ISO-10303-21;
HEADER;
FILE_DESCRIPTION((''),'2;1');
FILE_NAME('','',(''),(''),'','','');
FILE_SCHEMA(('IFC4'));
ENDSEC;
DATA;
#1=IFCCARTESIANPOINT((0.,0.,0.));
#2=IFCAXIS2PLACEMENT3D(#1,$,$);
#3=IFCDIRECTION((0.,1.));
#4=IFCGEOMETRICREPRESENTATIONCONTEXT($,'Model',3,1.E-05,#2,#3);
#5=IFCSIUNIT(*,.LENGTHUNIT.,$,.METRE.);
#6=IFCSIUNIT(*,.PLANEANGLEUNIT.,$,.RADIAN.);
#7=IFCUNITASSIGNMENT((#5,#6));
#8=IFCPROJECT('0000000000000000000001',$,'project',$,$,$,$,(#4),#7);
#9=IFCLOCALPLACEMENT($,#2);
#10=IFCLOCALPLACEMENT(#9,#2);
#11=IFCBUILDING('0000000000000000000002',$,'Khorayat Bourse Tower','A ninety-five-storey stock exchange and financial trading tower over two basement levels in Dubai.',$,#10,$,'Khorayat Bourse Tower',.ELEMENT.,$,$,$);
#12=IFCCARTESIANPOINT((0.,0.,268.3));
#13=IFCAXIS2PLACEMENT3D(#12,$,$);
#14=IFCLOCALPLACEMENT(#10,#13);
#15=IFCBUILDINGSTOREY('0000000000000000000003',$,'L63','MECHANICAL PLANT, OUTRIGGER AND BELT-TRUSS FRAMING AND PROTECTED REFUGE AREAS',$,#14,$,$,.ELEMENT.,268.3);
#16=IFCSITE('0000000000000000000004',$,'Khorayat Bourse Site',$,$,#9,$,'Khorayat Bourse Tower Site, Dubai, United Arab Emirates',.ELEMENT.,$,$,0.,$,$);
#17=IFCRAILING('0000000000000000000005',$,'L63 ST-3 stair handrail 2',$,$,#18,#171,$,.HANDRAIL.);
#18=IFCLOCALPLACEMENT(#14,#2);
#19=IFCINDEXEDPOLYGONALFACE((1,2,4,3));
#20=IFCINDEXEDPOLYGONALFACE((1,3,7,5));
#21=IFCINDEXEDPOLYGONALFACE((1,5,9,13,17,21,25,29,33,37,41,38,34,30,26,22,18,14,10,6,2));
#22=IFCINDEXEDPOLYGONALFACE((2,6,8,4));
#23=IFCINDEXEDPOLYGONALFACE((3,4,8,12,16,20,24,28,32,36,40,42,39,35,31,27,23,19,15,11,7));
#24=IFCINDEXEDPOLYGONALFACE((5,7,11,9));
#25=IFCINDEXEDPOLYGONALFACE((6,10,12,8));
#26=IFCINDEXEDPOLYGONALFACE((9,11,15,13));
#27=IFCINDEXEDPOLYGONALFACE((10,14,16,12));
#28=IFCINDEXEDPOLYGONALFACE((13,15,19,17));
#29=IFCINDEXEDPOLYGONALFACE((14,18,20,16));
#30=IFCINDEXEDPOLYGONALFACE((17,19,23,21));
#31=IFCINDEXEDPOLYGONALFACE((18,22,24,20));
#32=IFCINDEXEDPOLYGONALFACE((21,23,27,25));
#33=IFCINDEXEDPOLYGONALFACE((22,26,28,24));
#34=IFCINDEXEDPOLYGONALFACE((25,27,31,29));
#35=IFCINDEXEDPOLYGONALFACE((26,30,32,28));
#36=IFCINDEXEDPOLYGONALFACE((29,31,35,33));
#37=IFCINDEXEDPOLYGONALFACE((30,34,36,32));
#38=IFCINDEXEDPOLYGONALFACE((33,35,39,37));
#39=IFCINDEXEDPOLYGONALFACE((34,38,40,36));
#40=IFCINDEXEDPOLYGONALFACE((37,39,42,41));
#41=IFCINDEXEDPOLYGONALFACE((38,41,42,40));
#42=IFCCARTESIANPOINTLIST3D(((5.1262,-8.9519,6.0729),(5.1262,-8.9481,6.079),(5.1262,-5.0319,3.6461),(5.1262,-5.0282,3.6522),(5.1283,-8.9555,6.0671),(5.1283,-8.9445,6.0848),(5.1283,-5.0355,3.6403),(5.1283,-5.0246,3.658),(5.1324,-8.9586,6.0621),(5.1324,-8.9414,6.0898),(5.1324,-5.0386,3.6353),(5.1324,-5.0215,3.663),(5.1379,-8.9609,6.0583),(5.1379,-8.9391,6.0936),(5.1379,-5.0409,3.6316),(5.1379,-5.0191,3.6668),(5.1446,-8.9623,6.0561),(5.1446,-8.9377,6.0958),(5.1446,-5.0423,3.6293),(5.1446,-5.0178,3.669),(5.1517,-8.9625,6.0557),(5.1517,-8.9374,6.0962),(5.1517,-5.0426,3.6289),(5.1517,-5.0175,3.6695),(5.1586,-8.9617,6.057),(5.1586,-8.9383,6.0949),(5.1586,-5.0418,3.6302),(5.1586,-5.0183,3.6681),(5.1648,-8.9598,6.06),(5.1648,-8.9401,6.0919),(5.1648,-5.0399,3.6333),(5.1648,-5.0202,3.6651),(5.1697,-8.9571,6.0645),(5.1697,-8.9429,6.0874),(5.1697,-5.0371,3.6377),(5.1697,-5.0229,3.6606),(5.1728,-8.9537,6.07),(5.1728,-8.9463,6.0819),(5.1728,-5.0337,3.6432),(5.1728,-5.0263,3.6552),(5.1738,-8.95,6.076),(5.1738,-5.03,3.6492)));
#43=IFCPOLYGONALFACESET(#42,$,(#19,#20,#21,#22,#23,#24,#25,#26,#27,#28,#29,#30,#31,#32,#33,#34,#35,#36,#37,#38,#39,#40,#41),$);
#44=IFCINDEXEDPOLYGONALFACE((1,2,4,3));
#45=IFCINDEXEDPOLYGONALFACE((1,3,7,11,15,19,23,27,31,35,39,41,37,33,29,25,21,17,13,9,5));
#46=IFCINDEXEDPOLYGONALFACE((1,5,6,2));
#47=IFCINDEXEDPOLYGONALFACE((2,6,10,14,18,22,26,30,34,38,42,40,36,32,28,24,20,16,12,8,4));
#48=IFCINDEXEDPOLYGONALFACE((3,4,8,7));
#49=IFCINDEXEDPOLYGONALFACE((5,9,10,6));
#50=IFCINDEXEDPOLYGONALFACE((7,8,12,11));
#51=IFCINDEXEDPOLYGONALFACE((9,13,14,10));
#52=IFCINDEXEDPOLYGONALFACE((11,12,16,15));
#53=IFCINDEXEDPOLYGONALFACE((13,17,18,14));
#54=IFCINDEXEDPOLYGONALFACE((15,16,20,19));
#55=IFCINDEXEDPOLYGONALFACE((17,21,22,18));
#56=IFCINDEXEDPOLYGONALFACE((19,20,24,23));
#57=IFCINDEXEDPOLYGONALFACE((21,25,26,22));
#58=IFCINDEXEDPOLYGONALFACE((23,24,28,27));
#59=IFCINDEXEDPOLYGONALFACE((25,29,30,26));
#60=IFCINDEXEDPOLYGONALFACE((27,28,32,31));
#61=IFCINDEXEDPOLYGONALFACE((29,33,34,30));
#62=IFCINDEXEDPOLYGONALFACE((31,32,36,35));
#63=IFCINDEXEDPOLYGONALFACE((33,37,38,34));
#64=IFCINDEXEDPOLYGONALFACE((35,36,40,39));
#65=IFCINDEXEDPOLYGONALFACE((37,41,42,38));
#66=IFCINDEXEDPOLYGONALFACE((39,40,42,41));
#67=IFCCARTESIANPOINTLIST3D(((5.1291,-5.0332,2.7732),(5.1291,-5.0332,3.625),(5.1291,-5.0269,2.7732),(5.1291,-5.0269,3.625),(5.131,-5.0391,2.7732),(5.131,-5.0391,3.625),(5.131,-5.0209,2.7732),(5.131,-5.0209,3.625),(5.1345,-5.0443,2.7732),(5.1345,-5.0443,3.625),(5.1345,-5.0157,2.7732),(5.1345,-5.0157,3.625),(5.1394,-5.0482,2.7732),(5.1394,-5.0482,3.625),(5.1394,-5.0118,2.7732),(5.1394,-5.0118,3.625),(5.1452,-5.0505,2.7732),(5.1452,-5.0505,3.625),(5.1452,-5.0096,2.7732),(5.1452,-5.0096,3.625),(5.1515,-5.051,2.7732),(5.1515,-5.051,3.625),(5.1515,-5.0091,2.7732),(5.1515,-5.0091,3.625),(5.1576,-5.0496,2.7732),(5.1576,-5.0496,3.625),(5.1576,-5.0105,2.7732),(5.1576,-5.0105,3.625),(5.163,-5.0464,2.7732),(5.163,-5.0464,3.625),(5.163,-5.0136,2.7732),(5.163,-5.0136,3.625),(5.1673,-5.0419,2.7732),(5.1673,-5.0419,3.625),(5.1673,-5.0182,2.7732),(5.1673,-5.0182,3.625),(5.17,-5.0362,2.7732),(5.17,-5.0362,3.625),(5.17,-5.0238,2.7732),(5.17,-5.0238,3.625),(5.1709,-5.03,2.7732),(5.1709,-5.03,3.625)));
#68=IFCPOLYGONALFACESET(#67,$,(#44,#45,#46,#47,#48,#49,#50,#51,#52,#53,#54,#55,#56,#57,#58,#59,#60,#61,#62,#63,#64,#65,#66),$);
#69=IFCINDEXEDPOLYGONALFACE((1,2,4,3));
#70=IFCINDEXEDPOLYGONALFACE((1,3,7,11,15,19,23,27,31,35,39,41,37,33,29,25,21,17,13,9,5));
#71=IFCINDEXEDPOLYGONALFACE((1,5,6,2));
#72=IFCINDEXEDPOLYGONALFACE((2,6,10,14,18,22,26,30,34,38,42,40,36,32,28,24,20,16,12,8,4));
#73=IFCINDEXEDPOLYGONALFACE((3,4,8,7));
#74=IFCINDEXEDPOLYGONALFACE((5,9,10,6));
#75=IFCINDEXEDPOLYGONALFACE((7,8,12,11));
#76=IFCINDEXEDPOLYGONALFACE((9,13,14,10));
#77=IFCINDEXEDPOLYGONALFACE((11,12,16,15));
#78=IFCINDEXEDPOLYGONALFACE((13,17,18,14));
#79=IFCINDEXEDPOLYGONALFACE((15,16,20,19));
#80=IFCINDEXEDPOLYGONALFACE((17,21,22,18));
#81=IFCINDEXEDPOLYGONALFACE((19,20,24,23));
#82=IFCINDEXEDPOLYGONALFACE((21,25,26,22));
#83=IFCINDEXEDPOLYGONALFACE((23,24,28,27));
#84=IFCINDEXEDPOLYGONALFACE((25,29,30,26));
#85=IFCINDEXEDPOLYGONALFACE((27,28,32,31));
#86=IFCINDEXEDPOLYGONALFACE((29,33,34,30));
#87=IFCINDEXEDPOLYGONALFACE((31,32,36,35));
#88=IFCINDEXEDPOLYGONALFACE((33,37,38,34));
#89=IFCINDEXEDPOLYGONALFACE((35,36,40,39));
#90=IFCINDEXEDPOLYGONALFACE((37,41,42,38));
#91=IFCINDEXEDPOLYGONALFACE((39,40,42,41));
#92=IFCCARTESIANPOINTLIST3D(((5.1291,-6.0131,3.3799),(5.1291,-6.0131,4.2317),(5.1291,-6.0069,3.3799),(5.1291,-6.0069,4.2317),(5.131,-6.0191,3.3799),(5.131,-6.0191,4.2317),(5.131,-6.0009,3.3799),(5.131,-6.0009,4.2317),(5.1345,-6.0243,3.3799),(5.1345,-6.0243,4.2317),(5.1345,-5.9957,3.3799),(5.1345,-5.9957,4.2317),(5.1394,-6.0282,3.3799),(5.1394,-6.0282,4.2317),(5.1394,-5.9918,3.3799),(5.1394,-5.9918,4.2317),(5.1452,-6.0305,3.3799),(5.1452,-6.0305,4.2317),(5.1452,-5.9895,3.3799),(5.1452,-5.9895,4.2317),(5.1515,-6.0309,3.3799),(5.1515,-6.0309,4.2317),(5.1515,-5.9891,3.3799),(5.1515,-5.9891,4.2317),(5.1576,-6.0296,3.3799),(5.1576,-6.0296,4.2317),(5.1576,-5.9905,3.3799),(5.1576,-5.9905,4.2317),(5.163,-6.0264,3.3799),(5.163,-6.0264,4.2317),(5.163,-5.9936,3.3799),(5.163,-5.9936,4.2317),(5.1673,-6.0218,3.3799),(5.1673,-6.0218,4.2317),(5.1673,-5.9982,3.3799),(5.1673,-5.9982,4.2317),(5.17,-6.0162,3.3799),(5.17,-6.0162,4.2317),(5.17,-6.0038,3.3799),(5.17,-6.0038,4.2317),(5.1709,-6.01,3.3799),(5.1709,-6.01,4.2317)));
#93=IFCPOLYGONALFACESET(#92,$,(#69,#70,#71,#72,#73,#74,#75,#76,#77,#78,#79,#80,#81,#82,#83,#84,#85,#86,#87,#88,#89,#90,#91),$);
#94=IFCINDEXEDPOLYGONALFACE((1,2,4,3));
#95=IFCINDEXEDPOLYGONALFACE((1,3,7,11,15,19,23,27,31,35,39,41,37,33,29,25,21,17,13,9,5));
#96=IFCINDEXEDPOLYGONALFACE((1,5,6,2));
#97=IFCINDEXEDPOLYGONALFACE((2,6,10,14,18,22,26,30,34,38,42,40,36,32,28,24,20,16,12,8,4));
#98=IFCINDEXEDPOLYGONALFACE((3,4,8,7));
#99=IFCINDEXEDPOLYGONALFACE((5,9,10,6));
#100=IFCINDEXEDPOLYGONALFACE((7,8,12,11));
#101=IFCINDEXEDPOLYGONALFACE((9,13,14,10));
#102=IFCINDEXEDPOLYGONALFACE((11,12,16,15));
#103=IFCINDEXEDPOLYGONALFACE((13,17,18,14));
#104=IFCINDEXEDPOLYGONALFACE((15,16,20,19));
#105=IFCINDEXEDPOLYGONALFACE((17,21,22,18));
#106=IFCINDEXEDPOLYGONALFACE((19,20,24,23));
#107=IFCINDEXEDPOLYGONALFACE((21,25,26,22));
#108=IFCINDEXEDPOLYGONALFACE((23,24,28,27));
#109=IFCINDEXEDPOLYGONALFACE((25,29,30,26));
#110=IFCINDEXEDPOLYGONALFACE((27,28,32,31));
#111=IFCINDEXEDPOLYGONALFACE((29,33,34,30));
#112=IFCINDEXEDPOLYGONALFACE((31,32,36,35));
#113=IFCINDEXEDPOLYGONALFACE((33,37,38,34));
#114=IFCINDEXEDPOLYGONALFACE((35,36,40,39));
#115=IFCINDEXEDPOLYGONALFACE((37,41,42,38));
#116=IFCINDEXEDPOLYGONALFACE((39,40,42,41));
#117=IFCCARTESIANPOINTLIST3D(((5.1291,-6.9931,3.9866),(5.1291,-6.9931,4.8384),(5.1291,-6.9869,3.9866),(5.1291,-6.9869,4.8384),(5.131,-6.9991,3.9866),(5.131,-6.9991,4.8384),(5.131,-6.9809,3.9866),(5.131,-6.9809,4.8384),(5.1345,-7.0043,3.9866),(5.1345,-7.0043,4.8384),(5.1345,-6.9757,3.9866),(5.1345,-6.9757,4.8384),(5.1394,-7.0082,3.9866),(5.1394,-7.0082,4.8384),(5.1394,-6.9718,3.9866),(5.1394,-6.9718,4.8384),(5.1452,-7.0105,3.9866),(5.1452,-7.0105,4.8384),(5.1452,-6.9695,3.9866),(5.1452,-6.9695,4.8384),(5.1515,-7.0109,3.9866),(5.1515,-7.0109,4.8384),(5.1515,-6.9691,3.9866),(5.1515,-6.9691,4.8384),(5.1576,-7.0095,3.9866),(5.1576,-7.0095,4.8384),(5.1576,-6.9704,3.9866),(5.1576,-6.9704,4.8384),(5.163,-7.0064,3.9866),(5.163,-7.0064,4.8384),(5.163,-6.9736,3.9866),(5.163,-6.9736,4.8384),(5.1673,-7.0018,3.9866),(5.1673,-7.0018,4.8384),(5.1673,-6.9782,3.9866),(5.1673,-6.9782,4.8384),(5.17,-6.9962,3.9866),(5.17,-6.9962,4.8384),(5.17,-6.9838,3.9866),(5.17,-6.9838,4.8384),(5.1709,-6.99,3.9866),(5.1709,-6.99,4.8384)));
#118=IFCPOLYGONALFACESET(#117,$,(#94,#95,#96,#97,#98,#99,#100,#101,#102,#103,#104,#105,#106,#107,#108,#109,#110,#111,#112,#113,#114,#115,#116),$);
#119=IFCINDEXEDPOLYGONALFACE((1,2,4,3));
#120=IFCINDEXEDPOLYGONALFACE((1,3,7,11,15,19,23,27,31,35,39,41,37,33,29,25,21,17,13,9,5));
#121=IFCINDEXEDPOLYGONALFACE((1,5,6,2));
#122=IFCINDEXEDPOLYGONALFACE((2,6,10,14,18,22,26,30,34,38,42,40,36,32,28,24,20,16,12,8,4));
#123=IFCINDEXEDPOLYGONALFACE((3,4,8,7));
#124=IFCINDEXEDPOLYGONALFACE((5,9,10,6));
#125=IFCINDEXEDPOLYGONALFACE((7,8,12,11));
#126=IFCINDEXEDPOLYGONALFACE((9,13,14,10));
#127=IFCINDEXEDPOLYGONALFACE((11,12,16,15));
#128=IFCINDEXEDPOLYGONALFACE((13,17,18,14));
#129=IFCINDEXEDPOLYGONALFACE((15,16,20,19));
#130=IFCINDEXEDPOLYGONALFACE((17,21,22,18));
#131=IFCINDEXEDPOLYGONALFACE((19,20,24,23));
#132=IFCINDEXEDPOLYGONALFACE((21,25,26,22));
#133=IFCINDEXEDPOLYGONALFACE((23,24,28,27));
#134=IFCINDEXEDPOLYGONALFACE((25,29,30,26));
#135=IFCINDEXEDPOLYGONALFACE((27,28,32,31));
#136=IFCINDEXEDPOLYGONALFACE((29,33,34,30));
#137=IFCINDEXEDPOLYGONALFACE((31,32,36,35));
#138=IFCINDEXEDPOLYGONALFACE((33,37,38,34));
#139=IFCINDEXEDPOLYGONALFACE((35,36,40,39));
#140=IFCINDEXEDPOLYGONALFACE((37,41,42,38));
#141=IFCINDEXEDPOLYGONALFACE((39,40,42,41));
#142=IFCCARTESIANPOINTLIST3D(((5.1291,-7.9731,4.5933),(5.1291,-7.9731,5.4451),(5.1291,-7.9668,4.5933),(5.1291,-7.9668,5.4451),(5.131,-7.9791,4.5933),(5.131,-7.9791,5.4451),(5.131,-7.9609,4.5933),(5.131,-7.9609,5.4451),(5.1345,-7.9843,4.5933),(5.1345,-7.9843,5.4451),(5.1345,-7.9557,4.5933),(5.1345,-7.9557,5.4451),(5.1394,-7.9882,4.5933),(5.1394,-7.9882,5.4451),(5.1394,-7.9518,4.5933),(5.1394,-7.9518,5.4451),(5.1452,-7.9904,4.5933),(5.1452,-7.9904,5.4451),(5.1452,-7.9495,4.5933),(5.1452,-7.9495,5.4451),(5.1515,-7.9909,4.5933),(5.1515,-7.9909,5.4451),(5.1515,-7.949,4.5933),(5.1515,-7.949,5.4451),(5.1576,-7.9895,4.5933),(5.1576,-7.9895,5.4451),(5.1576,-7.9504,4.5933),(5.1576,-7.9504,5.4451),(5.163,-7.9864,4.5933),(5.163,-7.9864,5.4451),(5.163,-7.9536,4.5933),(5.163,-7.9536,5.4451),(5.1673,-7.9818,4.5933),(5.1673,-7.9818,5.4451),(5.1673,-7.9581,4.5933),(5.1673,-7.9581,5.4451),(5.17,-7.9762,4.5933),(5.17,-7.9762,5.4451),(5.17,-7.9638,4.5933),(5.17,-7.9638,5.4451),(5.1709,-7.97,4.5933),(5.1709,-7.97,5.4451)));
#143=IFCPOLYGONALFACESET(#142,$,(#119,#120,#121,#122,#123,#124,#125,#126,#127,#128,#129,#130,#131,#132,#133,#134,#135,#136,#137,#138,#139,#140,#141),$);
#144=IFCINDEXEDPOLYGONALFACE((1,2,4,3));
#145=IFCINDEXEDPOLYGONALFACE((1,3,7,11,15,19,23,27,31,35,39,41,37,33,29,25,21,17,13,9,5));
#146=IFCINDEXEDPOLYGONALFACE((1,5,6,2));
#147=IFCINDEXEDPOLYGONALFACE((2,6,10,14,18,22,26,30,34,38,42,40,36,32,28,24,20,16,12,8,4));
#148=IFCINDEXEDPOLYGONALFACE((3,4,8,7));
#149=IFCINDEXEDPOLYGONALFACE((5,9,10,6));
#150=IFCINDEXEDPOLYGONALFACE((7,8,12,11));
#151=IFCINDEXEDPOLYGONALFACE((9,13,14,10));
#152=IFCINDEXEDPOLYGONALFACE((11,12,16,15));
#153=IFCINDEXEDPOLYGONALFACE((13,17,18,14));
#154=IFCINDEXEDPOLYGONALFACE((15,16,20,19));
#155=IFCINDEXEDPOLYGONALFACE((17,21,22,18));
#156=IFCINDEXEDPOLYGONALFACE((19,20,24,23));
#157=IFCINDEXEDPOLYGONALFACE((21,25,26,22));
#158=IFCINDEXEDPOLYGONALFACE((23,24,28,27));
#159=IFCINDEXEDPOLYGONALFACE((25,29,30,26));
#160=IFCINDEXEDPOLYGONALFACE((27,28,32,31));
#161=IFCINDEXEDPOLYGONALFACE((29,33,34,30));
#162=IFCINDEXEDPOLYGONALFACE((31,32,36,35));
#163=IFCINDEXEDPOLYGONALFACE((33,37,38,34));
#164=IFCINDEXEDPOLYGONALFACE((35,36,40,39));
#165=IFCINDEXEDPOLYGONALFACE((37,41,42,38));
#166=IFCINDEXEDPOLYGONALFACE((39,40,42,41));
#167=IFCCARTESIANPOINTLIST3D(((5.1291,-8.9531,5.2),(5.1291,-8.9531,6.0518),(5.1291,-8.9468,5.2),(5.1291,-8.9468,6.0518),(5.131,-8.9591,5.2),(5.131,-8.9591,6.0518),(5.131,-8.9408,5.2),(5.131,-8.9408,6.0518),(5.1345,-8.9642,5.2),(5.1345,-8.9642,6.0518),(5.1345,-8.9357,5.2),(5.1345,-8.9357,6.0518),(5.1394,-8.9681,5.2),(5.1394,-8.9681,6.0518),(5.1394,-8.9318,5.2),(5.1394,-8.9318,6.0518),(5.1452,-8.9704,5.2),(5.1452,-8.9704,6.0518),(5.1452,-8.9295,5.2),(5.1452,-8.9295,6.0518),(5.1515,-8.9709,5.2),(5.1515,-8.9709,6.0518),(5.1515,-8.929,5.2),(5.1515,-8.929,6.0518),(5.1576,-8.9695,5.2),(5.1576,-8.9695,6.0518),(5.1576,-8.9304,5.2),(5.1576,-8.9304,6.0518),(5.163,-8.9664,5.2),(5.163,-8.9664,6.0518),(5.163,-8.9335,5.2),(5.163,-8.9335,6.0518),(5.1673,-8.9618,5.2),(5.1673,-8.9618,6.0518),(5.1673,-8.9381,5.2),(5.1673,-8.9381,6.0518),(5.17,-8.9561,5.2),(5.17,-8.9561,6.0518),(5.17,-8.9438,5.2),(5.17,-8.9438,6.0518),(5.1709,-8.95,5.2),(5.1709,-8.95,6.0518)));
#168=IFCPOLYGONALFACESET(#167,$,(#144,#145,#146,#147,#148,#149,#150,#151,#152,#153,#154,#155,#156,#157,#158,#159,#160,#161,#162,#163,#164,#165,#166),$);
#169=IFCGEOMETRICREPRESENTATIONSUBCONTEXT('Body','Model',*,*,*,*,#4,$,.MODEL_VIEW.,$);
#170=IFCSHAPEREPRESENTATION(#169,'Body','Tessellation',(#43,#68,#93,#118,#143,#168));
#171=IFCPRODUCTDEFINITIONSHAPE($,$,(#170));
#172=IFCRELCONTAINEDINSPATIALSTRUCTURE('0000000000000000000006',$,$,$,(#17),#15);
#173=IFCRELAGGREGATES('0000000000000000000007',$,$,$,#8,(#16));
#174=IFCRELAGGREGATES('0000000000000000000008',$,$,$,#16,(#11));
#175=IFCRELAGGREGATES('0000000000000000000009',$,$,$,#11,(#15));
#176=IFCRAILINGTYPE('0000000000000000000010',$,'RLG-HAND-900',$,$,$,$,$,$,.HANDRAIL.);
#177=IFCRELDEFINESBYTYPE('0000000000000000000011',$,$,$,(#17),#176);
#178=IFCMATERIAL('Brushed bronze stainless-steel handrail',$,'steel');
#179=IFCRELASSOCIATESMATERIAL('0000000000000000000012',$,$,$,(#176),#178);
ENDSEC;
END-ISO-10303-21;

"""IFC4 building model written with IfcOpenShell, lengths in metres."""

from ifc_helpers import new_model, si_unit, direction, frame, origin, origin_2d, place, context, subcontext, project, spatial, circle, extrude, source, transform, mapped, material, type_object, element, save


model = new_model("IFC4")

# Units and contexts
model_context = context("Model", 3, precision=1e-05, world=origin(), true_north=direction((0.0, 1.0)))
body_context = subcontext(model_context, "Body", "Model", "MODEL_VIEW")
ifc_project = project(units=[si_unit("LENGTHUNIT", "METRE"), si_unit("PLANEANGLEUNIT", "RADIAN")], contexts=[model_context])

# Site, building, storey
site_placement = place(None, origin())
site = spatial("IfcSite", under=ifc_project, at=site_placement, Name="Khorayat Bourse Site", LongName="Khorayat Bourse Tower Site, Dubai, United Arab Emirates", CompositionType="ELEMENT", RefElevation=0.0)
building_placement = place(site_placement, origin())
building = spatial("IfcBuilding", under=site, at=building_placement, Name="Khorayat Bourse Tower", Description="A ninety-five-storey stock exchange and financial trading tower over two basement levels in Dubai.", LongName="Khorayat Bourse Tower", CompositionType="ELEMENT")
storey_placement = place(building_placement, frame((0.0, 0.0, 268.3)))
storey = spatial("IfcBuildingStorey", under=building, at=storey_placement, Name="L63", Description="MECHANICAL PLANT, OUTRIGGER AND BELT-TRUSS FRAMING AND PROTECTED REFUGE AREAS", CompositionType="ELEMENT", Elevation=268.3)

# Railing
ifc_material_1 = material(Name="Brushed bronze stainless-steel handrail", Category="steel")
railing_type_1 = type_object("IfcRailingType", Name="RLG-HAND-900", PredefinedType="HANDRAIL", material=ifc_material_1)
shared_shape_1 = source(origin(), body_context, "Body", "SweptSolid", [
    extrude(circle(Radius=0.0239, at=origin_2d()), frame((0.0, 0.0, 0.876), z_axis=(0.0, -0.850252, 0.526376), x_axis=(1.0, 0.0, 0.0)), (0.0, 0.0, 1.0), 4.6104),
    extrude(circle(Radius=0.021, at=origin_2d()), origin(), (0.0, 0.0, 1.0), 0.8518),
    extrude(circle(Radius=0.021, at=origin_2d()), frame((0.0, -0.98, 0.6067)), (0.0, 0.0, 1.0), 0.8518),
    extrude(circle(Radius=0.021, at=origin_2d()), frame((0.0, -1.96, 1.2134)), (0.0, 0.0, 1.0), 0.8518),
    extrude(circle(Radius=0.021, at=origin_2d()), frame((0.0, -2.9399, 1.8201)), (0.0, 0.0, 1.0), 0.8518),
    extrude(circle(Radius=0.021, at=origin_2d()), frame((0.0, -3.9199, 2.4268)), (0.0, 0.0, 1.0), 0.8518),
])
railing_1_placement = place(storey_placement, frame((5.1499, -5.03, 2.7732)))
element("IfcRailing", 1, at=railing_1_placement, inside=storey, type_object=railing_type_1, Name="L63 ST-3 stair handrail 2", PredefinedType="HANDRAIL", context=body_context, shape_type="MappedRepresentation", body=[
    mapped(shared_shape_1, transform((0.0, 0.0, 0.0), scale=1.0)),
])

save(model, "model.ifc")
